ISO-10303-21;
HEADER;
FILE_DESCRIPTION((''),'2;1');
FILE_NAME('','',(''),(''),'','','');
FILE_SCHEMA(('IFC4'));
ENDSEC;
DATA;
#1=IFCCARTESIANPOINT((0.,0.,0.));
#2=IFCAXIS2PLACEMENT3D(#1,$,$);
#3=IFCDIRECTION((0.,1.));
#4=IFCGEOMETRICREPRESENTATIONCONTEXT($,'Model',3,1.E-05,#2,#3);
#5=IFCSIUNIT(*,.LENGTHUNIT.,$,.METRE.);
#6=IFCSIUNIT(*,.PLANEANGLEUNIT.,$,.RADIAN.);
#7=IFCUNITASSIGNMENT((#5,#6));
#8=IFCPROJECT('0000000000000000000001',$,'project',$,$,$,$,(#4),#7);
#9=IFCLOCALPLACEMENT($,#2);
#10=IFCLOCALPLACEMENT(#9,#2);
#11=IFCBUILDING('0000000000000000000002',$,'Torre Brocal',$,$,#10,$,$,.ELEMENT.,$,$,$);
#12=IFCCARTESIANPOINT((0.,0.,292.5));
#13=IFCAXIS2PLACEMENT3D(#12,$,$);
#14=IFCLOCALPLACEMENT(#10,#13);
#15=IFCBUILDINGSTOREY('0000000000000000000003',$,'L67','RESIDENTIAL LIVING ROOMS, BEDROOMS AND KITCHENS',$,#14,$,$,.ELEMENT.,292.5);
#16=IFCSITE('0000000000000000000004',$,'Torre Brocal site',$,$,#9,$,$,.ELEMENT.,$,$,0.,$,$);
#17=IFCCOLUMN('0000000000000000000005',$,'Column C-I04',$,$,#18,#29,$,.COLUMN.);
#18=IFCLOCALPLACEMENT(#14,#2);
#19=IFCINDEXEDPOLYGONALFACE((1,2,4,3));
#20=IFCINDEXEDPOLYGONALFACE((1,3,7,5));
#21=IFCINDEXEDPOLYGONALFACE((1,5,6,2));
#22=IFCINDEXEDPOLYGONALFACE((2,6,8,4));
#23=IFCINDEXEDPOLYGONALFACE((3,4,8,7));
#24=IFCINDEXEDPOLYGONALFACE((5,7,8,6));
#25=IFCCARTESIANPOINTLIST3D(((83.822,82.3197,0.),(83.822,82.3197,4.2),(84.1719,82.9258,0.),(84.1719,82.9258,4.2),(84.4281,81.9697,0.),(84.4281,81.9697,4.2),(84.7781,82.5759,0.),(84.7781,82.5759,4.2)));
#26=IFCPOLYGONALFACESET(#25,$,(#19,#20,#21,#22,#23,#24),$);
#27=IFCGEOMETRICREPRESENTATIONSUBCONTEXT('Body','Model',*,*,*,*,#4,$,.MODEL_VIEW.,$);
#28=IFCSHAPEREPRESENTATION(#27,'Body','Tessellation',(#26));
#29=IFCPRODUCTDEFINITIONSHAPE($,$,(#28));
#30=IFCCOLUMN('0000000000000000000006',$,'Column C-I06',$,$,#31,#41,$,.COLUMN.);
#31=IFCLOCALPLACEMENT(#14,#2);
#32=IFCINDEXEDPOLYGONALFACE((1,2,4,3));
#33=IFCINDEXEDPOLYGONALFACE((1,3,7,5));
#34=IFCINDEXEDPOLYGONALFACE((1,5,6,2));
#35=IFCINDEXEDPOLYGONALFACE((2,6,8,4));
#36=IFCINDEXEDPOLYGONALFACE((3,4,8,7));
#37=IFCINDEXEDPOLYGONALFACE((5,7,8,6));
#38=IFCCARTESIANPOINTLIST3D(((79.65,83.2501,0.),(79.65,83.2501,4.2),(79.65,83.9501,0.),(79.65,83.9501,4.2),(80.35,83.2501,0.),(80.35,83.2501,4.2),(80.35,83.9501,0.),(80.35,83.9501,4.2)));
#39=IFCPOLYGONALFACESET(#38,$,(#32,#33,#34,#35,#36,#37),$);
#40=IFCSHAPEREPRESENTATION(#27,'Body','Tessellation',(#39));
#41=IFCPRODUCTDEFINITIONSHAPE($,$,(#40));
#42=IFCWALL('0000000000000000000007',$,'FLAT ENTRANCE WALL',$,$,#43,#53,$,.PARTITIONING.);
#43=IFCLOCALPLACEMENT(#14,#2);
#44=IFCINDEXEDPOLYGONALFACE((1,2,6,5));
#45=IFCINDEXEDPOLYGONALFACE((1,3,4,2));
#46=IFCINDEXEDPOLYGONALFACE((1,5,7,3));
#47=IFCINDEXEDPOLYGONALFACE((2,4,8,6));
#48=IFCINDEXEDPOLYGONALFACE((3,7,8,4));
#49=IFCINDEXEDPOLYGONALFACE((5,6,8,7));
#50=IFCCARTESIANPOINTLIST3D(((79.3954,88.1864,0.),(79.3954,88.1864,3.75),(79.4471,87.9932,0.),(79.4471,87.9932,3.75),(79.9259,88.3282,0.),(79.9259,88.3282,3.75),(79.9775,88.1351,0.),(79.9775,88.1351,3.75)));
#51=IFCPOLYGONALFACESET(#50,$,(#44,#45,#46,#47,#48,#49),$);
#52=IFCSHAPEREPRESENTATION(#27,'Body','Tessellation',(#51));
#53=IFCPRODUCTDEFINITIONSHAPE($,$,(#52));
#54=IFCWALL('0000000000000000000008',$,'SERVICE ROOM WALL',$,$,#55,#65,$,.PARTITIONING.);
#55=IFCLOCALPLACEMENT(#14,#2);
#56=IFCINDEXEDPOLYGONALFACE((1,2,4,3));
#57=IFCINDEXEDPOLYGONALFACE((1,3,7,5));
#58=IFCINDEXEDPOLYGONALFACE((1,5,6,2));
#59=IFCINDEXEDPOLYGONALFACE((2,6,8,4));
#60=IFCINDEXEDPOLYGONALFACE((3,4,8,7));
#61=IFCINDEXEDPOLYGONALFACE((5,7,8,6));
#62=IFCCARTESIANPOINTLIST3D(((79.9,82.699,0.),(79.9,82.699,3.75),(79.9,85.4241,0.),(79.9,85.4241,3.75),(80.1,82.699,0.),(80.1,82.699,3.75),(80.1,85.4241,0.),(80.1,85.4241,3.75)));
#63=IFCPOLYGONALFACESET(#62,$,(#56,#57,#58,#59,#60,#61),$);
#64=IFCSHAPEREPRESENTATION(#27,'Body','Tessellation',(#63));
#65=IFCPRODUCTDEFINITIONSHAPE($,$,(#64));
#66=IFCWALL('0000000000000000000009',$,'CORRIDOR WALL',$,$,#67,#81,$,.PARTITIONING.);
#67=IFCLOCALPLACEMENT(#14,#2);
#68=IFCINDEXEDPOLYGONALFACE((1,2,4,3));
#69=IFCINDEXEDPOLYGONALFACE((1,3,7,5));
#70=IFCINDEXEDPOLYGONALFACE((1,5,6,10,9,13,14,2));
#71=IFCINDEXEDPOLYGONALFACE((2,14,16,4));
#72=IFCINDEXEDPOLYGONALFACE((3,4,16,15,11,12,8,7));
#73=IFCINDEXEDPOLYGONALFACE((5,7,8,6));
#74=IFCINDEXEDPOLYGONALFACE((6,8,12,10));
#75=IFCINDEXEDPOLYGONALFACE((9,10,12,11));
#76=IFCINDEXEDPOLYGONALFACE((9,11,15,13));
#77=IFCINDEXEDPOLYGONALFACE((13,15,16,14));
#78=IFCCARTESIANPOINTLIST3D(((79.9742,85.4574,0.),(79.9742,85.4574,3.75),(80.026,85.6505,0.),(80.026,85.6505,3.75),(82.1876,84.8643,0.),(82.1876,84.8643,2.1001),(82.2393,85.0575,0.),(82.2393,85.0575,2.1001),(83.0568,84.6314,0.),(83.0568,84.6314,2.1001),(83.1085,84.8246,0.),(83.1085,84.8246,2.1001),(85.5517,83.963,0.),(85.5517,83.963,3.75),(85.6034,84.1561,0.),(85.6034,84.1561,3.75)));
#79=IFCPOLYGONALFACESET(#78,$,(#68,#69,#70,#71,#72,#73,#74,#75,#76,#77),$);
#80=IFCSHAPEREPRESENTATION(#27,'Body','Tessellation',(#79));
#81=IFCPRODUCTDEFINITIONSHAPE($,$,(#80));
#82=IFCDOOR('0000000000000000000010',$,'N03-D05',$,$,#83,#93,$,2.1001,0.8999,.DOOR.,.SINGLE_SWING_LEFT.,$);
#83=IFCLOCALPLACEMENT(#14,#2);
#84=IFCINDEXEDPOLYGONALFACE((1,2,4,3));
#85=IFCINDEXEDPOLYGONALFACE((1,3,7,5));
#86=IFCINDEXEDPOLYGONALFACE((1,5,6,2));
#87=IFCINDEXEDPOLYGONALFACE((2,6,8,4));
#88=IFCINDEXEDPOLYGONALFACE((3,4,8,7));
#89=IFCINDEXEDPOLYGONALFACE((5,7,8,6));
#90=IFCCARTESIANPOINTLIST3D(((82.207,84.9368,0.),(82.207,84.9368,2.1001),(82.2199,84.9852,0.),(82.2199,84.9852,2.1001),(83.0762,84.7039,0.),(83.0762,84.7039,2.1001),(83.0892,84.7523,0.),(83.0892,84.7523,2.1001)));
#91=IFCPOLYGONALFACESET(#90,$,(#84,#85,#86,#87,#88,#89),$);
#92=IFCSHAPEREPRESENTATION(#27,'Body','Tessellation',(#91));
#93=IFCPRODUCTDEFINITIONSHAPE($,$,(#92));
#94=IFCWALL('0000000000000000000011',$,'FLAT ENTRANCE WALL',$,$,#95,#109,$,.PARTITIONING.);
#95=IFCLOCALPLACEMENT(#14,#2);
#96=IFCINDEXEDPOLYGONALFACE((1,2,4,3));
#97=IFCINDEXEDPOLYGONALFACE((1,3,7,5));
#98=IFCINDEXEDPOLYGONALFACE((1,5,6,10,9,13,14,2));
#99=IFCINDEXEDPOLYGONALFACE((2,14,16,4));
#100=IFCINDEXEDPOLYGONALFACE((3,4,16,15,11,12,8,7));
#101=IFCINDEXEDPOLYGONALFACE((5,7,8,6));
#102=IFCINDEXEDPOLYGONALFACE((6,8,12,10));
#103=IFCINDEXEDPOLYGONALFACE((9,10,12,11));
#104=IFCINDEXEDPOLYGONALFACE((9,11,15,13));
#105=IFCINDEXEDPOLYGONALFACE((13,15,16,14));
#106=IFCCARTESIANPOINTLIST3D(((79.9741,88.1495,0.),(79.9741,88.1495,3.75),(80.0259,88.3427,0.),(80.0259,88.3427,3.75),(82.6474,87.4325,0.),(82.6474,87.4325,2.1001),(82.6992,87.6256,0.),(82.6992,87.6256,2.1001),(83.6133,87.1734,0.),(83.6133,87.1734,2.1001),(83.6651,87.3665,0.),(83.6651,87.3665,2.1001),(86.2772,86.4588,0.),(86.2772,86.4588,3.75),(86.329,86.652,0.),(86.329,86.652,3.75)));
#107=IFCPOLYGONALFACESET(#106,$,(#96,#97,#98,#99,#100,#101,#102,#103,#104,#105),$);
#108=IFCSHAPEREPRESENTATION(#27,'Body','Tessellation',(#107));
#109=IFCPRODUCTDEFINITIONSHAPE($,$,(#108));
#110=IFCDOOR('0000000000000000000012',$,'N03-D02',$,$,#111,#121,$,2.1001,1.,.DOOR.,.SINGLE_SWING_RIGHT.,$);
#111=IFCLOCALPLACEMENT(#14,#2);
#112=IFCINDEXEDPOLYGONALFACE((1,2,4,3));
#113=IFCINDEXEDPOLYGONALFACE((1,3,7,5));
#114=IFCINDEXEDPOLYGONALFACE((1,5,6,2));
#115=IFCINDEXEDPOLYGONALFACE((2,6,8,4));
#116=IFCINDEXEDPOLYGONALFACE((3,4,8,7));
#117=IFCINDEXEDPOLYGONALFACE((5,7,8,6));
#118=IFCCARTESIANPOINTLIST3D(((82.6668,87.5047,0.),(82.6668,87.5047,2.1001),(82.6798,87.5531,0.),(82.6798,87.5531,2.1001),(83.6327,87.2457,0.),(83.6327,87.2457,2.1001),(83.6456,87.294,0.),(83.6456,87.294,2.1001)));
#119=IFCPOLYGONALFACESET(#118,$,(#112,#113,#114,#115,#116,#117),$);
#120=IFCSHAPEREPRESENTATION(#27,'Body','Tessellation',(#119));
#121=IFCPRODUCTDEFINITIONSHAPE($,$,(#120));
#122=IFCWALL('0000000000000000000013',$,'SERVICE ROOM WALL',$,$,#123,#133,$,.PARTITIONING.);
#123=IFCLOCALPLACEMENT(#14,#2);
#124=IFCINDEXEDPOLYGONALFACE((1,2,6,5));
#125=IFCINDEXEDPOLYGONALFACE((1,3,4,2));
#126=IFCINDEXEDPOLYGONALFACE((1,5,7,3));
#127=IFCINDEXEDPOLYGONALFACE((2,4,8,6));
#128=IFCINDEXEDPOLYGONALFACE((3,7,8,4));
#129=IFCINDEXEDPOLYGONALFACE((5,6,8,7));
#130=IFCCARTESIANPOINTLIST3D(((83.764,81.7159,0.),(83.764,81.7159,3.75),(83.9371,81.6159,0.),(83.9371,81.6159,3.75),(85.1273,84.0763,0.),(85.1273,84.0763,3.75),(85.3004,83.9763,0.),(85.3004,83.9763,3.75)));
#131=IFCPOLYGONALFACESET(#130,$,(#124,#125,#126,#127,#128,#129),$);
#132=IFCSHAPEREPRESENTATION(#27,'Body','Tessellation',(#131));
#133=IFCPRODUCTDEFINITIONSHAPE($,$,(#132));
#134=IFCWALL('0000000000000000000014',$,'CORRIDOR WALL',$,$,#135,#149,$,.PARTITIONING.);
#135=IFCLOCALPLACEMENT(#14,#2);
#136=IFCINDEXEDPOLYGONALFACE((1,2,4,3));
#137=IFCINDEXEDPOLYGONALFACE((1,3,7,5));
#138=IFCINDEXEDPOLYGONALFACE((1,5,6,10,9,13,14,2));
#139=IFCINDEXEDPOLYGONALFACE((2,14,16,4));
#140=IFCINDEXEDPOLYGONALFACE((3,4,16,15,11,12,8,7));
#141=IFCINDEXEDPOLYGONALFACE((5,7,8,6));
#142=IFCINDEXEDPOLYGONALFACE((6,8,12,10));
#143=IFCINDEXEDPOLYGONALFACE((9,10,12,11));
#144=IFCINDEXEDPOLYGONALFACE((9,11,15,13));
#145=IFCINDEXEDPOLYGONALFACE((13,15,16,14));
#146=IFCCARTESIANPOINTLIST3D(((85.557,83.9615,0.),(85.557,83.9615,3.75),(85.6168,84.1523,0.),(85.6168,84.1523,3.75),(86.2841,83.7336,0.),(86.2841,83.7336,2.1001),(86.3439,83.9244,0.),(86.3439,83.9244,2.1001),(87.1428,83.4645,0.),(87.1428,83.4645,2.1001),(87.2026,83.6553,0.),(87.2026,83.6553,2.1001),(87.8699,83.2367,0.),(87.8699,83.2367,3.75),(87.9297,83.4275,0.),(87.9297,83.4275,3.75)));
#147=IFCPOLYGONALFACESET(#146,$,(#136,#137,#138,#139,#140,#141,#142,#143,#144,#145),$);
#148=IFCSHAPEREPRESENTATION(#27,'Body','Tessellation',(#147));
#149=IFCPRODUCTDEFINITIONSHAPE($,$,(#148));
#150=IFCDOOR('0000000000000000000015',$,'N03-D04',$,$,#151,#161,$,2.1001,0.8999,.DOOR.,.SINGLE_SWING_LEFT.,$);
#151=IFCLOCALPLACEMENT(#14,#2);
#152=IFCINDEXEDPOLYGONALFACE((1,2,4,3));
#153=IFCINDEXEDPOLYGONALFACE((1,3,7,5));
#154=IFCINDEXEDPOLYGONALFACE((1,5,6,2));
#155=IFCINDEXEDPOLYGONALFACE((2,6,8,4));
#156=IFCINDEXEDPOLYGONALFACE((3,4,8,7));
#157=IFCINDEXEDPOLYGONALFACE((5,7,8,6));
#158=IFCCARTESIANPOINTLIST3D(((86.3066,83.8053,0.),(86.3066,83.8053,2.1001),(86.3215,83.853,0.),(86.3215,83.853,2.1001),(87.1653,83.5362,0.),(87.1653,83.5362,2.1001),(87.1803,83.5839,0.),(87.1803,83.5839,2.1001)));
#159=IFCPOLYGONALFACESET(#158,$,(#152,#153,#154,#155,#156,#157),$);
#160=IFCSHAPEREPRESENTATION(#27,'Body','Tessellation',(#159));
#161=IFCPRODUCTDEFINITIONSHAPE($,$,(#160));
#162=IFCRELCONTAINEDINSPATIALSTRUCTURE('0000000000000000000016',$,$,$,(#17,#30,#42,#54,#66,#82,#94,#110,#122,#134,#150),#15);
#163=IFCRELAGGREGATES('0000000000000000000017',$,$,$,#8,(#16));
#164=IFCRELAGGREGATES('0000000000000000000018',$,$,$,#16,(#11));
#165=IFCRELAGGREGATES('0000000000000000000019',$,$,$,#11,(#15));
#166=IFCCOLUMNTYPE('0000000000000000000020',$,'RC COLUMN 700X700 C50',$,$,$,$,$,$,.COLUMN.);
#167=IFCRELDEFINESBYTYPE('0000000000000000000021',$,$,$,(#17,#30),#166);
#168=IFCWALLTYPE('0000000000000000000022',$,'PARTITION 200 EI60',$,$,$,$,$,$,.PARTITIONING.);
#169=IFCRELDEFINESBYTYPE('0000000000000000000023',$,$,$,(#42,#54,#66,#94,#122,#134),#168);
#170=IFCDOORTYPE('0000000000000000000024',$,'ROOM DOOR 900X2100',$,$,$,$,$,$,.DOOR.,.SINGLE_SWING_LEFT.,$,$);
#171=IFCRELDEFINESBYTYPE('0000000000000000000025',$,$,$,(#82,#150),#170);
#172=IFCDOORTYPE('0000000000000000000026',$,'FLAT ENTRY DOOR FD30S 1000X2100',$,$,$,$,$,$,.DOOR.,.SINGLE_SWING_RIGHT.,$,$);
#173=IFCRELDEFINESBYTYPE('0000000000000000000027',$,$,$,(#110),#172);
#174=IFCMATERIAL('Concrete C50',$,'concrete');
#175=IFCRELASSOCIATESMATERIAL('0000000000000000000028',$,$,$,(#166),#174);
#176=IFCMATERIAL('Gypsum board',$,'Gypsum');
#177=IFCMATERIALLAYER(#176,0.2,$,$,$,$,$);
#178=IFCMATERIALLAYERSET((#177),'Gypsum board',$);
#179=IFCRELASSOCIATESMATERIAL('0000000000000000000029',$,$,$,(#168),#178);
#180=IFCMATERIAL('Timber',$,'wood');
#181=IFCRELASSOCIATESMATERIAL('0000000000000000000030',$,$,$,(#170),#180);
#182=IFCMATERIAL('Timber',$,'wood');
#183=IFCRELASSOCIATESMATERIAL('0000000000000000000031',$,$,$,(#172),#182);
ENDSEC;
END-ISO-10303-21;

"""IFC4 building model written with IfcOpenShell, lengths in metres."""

from ifc_helpers import new_model, si_unit, direction, frame, frame_2d, origin, origin_2d, place, context, subcontext, project, spatial, rectangle, extrude, material, layer, layer_set, material_profile, profile_set, type_object, element, fill, save


model = new_model("IFC4")

# Units and contexts
model_context = context("Model", 3, precision=1e-05, world=origin(), true_north=direction((0.0, 1.0)))
body_context = subcontext(model_context, "Body", "Model", "MODEL_VIEW")
ifc_project = project(units=[si_unit("LENGTHUNIT", "METRE"), si_unit("PLANEANGLEUNIT", "RADIAN")], contexts=[model_context])

# Site, building, storey
site_placement = place(None, origin())
site = spatial("IfcSite", under=ifc_project, at=site_placement, Name="Torre Brocal site", CompositionType="ELEMENT", RefElevation=0.0)
building_placement = place(site_placement, origin())
building = spatial("IfcBuilding", under=site, at=building_placement, Name="Torre Brocal", CompositionType="ELEMENT")
storey_placement = place(building_placement, frame((0.0, 0.0, 292.5)))
storey = spatial("IfcBuildingStorey", under=building, at=storey_placement, Name="L67", Description="RESIDENTIAL LIVING ROOMS, BEDROOMS AND KITCHENS", CompositionType="ELEMENT", Elevation=292.5)

# Columns
ifc_material_1 = material(Name="Concrete C50", Category="concrete")
ifc_material_profile = material_profile(ifc_material_1, rectangle(XDim=0.7, YDim=0.7, at=origin_2d()), Name="RC 700X700")
ifc_profile_set = profile_set([ifc_material_profile], Name="Concrete C50")
column_type = type_object("IfcColumnType", Name="RC COLUMN 700X700 C50", PredefinedType="COLUMN", material=ifc_profile_set)
for number, where, z_axis, x_axis, name in (
    (1, (84.3, 82.4478, 0.0), (0.0, 0.0, 1.0), (0.5, 0.866025, 0.0), "Column C-I04"),
    (2, (80.0, 83.6001, 0.0), (0.0, 0.0, 1.0), (0.0, 1.0, 0.0), "Column C-I06"),
):
    element("IfcColumn", number, at=place(storey_placement, frame(where, z_axis=z_axis, x_axis=x_axis)), inside=storey, type_object=column_type, Name=name, PredefinedType="COLUMN", context=body_context, shape_type="SweptSolid", body=[
        extrude(rectangle(XDim=0.7, YDim=0.7, at=origin_2d()), origin(), (0.0, 0.0, 1.0), 4.2),
    ])

# Walls
ifc_material_2 = material(Name="Gypsum board", Category="Gypsum")
ifc_layer_1 = layer(ifc_material_2, 0.2)
ifc_layer_set_1 = layer_set([ifc_layer_1], Name="Gypsum board")
wall_type_1 = type_object("IfcWallType", Name="PARTITION 200 EI60", PredefinedType="PARTITIONING", material=ifc_layer_set_1)
wall_1_placement = place(storey_placement, frame((79.4214, 88.0898, 0.0), z_axis=(0.0, 0.0, 1.0), x_axis=(0.966065, 0.258299, 0.0)))
element("IfcWall", 3, at=wall_1_placement, inside=storey, type_object=wall_type_1, Name="FLAT ENTRANCE WALL", PredefinedType="PARTITIONING", context=body_context, shape_type="SweptSolid", body=[
    extrude(rectangle(XDim=0.5491, YDim=0.2, at=frame_2d((0.2744, 0.0))), origin(), (0.0, 0.0, 1.0), 3.75),
])
wall_2_placement = place(storey_placement, frame((80.0, 82.699, 0.0), z_axis=(0.0, 0.0, 1.0), x_axis=(0.0, 1.0, 0.0)))
element("IfcWall", 4, at=wall_2_placement, inside=storey, type_object=wall_type_1, Name="SERVICE ROOM WALL", PredefinedType="PARTITIONING", context=body_context, shape_type="SweptSolid", body=[
    extrude(rectangle(XDim=2.7251, YDim=0.2, at=frame_2d((1.3625, 0.0))), origin(), (0.0, 0.0, 1.0), 3.75),
])

# Walls, openings, doors
wall_3_placement = place(storey_placement, frame((80.0, 85.554, 0.0), z_axis=(0.0, 0.0, 1.0), x_axis=(0.965929, -0.258807, 0.0)))
wall_3 = element("IfcWall", 5, at=wall_3_placement, inside=storey, type_object=wall_type_1, Name="CORRIDOR WALL", PredefinedType="PARTITIONING", context=body_context, shape_type="SweptSolid", body=[
    extrude(rectangle(XDim=5.7742, YDim=0.2, at=frame_2d((2.8872, 0.0))), origin(), (0.0, 0.0, 1.0), 3.75),
])
opening_1_placement = place(wall_3_placement, frame((2.2915, 0.0, 0.0)))
opening_1 = element("IfcOpeningElement", 6, at=opening_1_placement, cuts=wall_3, PredefinedType="OPENING", context=body_context, shape_type="SweptSolid", body=[
    extrude(rectangle(XDim=0.8999, YDim=2.1001, at=frame_2d((0.45, 1.05))), frame((0.0, 0.1099, 0.0), z_axis=(0.0, -1.0, 0.0), x_axis=(1.0, 0.0, 0.0)), (0.0, 0.0, 1.0), 0.22),
])
ifc_material_3 = material(Name="Timber", Category="wood")
door_type_1 = type_object("IfcDoorType", Name="ROOM DOOR 900X2100", OperationType="SINGLE_SWING_LEFT", PredefinedType="DOOR", material=ifc_material_3)
door_1_placement = place(opening_1_placement, frame((0.8999, 0.0, 0.0), z_axis=(0.0, 0.0, 1.0), x_axis=(-1.0, 0.0, 0.0)))
door_1 = element("IfcDoor", 7, at=door_1_placement, inside=storey, type_object=door_type_1, Name="N03-D05", OperationType="SINGLE_SWING_LEFT", OverallHeight=2.1001, OverallWidth=0.8999, PredefinedType="DOOR", context=body_context, shape_type="SweptSolid", body=[
    extrude(rectangle(XDim=0.8999, YDim=2.1001, at=frame_2d((0.45, 1.05))), frame((0.0, 0.0249, 0.0), z_axis=(0.0, -1.0, 0.0), x_axis=(1.0, 0.0, 0.0)), (0.0, 0.0, 1.0), 0.05),
])
fill(opening_1, door_1)
wall_4_placement = place(storey_placement, frame((80.0, 88.2461, 0.0), z_axis=(0.0, 0.0, 1.0), x_axis=(0.965857, -0.259076, 0.0)))
wall_4 = element("IfcWall", 8, at=wall_4_placement, inside=storey, type_object=wall_type_1, Name="FLAT ENTRANCE WALL", PredefinedType="PARTITIONING", context=body_context, shape_type="SweptSolid", body=[
    extrude(rectangle(XDim=6.5259, YDim=0.2, at=frame_2d((3.2629, 0.0))), origin(), (0.0, 0.0, 1.0), 3.75),
])
opening_2_placement = place(wall_4_placement, frame((2.7678, 0.0, 0.0)))
opening_2 = element("IfcOpeningElement", 9, at=opening_2_placement, cuts=wall_4, PredefinedType="OPENING", context=body_context, shape_type="SweptSolid", body=[
    extrude(rectangle(XDim=1.0, YDim=2.1001, at=frame_2d((0.5, 1.05))), frame((0.0, 0.1099, 0.0), z_axis=(0.0, -1.0, 0.0), x_axis=(1.0, 0.0, 0.0)), (0.0, 0.0, 1.0), 0.22),
])
ifc_material_4 = material(Name="Timber", Category="wood")
door_type_2 = type_object("IfcDoorType", Name="FLAT ENTRY DOOR FD30S 1000X2100", OperationType="SINGLE_SWING_RIGHT", PredefinedType="DOOR", material=ifc_material_4)
door_2_placement = place(opening_2_placement, origin())
door_2 = element("IfcDoor", 10, at=door_2_placement, inside=storey, type_object=door_type_2, Name="N03-D02", OperationType="SINGLE_SWING_RIGHT", OverallHeight=2.1001, OverallWidth=1.0, PredefinedType="DOOR", context=body_context, shape_type="SweptSolid", body=[
    extrude(rectangle(XDim=1.0, YDim=2.1001, at=frame_2d((0.5, 1.05))), frame((0.0, 0.0249, 0.0), z_axis=(0.0, -1.0, 0.0), x_axis=(1.0, 0.0, 0.0)), (0.0, 0.0, 1.0), 0.05),
])
fill(opening_2, door_2)

# Wall
wall_5_placement = place(storey_placement, frame((83.8506, 81.666, 0.0), z_axis=(0.0, 0.0, 1.0), x_axis=(0.500146, 0.865941, 0.0)))
element("IfcWall", 11, at=wall_5_placement, inside=storey, type_object=wall_type_1, Name="SERVICE ROOM WALL", PredefinedType="PARTITIONING", context=body_context, shape_type="SweptSolid", body=[
    extrude(rectangle(XDim=2.7258, YDim=0.2, at=frame_2d((1.3628, 0.0))), origin(), (0.0, 0.0, 1.0), 3.75),
])

# Wall, opening, door
wall_6_placement = place(storey_placement, frame((85.5869, 84.0569, 0.0), z_axis=(0.0, 0.0, 1.0), x_axis=(0.95424, -0.299043, 0.0)))
wall_6 = element("IfcWall", 12, at=wall_6_placement, inside=storey, type_object=wall_type_1, Name="CORRIDOR WALL", PredefinedType="PARTITIONING", context=body_context, shape_type="SweptSolid", body=[
    extrude(rectangle(XDim=2.4238, YDim=0.2, at=frame_2d((1.2119, 0.0))), origin(), (0.0, 0.0, 1.0), 3.75),
])
opening_3_placement = place(wall_6_placement, frame((0.762, 0.0, 0.0)))
opening_3 = element("IfcOpeningElement", 13, at=opening_3_placement, cuts=wall_6, PredefinedType="OPENING", context=body_context, shape_type="SweptSolid", body=[
    extrude(rectangle(XDim=0.8999, YDim=2.1001, at=frame_2d((0.45, 1.05))), frame((0.0, 0.1099, 0.0), z_axis=(0.0, -1.0, 0.0), x_axis=(1.0, 0.0, 0.0)), (0.0, 0.0, 1.0), 0.22),
])
door_3_placement = place(opening_3_placement, frame((0.8999, 0.0, 0.0), z_axis=(0.0, 0.0, 1.0), x_axis=(-1.0, 0.0, 0.0)))
door_3 = element("IfcDoor", 14, at=door_3_placement, inside=storey, type_object=door_type_1, Name="N03-D04", OperationType="SINGLE_SWING_LEFT", OverallHeight=2.1001, OverallWidth=0.8999, PredefinedType="DOOR", context=body_context, shape_type="SweptSolid", body=[
    extrude(rectangle(XDim=0.8999, YDim=2.1001, at=frame_2d((0.45, 1.05))), frame((0.0, 0.0249, 0.0), z_axis=(0.0, -1.0, 0.0), x_axis=(1.0, 0.0, 0.0)), (0.0, 0.0, 1.0), 0.05),
])
fill(opening_3, door_3)

save(model, "model.ifc")
